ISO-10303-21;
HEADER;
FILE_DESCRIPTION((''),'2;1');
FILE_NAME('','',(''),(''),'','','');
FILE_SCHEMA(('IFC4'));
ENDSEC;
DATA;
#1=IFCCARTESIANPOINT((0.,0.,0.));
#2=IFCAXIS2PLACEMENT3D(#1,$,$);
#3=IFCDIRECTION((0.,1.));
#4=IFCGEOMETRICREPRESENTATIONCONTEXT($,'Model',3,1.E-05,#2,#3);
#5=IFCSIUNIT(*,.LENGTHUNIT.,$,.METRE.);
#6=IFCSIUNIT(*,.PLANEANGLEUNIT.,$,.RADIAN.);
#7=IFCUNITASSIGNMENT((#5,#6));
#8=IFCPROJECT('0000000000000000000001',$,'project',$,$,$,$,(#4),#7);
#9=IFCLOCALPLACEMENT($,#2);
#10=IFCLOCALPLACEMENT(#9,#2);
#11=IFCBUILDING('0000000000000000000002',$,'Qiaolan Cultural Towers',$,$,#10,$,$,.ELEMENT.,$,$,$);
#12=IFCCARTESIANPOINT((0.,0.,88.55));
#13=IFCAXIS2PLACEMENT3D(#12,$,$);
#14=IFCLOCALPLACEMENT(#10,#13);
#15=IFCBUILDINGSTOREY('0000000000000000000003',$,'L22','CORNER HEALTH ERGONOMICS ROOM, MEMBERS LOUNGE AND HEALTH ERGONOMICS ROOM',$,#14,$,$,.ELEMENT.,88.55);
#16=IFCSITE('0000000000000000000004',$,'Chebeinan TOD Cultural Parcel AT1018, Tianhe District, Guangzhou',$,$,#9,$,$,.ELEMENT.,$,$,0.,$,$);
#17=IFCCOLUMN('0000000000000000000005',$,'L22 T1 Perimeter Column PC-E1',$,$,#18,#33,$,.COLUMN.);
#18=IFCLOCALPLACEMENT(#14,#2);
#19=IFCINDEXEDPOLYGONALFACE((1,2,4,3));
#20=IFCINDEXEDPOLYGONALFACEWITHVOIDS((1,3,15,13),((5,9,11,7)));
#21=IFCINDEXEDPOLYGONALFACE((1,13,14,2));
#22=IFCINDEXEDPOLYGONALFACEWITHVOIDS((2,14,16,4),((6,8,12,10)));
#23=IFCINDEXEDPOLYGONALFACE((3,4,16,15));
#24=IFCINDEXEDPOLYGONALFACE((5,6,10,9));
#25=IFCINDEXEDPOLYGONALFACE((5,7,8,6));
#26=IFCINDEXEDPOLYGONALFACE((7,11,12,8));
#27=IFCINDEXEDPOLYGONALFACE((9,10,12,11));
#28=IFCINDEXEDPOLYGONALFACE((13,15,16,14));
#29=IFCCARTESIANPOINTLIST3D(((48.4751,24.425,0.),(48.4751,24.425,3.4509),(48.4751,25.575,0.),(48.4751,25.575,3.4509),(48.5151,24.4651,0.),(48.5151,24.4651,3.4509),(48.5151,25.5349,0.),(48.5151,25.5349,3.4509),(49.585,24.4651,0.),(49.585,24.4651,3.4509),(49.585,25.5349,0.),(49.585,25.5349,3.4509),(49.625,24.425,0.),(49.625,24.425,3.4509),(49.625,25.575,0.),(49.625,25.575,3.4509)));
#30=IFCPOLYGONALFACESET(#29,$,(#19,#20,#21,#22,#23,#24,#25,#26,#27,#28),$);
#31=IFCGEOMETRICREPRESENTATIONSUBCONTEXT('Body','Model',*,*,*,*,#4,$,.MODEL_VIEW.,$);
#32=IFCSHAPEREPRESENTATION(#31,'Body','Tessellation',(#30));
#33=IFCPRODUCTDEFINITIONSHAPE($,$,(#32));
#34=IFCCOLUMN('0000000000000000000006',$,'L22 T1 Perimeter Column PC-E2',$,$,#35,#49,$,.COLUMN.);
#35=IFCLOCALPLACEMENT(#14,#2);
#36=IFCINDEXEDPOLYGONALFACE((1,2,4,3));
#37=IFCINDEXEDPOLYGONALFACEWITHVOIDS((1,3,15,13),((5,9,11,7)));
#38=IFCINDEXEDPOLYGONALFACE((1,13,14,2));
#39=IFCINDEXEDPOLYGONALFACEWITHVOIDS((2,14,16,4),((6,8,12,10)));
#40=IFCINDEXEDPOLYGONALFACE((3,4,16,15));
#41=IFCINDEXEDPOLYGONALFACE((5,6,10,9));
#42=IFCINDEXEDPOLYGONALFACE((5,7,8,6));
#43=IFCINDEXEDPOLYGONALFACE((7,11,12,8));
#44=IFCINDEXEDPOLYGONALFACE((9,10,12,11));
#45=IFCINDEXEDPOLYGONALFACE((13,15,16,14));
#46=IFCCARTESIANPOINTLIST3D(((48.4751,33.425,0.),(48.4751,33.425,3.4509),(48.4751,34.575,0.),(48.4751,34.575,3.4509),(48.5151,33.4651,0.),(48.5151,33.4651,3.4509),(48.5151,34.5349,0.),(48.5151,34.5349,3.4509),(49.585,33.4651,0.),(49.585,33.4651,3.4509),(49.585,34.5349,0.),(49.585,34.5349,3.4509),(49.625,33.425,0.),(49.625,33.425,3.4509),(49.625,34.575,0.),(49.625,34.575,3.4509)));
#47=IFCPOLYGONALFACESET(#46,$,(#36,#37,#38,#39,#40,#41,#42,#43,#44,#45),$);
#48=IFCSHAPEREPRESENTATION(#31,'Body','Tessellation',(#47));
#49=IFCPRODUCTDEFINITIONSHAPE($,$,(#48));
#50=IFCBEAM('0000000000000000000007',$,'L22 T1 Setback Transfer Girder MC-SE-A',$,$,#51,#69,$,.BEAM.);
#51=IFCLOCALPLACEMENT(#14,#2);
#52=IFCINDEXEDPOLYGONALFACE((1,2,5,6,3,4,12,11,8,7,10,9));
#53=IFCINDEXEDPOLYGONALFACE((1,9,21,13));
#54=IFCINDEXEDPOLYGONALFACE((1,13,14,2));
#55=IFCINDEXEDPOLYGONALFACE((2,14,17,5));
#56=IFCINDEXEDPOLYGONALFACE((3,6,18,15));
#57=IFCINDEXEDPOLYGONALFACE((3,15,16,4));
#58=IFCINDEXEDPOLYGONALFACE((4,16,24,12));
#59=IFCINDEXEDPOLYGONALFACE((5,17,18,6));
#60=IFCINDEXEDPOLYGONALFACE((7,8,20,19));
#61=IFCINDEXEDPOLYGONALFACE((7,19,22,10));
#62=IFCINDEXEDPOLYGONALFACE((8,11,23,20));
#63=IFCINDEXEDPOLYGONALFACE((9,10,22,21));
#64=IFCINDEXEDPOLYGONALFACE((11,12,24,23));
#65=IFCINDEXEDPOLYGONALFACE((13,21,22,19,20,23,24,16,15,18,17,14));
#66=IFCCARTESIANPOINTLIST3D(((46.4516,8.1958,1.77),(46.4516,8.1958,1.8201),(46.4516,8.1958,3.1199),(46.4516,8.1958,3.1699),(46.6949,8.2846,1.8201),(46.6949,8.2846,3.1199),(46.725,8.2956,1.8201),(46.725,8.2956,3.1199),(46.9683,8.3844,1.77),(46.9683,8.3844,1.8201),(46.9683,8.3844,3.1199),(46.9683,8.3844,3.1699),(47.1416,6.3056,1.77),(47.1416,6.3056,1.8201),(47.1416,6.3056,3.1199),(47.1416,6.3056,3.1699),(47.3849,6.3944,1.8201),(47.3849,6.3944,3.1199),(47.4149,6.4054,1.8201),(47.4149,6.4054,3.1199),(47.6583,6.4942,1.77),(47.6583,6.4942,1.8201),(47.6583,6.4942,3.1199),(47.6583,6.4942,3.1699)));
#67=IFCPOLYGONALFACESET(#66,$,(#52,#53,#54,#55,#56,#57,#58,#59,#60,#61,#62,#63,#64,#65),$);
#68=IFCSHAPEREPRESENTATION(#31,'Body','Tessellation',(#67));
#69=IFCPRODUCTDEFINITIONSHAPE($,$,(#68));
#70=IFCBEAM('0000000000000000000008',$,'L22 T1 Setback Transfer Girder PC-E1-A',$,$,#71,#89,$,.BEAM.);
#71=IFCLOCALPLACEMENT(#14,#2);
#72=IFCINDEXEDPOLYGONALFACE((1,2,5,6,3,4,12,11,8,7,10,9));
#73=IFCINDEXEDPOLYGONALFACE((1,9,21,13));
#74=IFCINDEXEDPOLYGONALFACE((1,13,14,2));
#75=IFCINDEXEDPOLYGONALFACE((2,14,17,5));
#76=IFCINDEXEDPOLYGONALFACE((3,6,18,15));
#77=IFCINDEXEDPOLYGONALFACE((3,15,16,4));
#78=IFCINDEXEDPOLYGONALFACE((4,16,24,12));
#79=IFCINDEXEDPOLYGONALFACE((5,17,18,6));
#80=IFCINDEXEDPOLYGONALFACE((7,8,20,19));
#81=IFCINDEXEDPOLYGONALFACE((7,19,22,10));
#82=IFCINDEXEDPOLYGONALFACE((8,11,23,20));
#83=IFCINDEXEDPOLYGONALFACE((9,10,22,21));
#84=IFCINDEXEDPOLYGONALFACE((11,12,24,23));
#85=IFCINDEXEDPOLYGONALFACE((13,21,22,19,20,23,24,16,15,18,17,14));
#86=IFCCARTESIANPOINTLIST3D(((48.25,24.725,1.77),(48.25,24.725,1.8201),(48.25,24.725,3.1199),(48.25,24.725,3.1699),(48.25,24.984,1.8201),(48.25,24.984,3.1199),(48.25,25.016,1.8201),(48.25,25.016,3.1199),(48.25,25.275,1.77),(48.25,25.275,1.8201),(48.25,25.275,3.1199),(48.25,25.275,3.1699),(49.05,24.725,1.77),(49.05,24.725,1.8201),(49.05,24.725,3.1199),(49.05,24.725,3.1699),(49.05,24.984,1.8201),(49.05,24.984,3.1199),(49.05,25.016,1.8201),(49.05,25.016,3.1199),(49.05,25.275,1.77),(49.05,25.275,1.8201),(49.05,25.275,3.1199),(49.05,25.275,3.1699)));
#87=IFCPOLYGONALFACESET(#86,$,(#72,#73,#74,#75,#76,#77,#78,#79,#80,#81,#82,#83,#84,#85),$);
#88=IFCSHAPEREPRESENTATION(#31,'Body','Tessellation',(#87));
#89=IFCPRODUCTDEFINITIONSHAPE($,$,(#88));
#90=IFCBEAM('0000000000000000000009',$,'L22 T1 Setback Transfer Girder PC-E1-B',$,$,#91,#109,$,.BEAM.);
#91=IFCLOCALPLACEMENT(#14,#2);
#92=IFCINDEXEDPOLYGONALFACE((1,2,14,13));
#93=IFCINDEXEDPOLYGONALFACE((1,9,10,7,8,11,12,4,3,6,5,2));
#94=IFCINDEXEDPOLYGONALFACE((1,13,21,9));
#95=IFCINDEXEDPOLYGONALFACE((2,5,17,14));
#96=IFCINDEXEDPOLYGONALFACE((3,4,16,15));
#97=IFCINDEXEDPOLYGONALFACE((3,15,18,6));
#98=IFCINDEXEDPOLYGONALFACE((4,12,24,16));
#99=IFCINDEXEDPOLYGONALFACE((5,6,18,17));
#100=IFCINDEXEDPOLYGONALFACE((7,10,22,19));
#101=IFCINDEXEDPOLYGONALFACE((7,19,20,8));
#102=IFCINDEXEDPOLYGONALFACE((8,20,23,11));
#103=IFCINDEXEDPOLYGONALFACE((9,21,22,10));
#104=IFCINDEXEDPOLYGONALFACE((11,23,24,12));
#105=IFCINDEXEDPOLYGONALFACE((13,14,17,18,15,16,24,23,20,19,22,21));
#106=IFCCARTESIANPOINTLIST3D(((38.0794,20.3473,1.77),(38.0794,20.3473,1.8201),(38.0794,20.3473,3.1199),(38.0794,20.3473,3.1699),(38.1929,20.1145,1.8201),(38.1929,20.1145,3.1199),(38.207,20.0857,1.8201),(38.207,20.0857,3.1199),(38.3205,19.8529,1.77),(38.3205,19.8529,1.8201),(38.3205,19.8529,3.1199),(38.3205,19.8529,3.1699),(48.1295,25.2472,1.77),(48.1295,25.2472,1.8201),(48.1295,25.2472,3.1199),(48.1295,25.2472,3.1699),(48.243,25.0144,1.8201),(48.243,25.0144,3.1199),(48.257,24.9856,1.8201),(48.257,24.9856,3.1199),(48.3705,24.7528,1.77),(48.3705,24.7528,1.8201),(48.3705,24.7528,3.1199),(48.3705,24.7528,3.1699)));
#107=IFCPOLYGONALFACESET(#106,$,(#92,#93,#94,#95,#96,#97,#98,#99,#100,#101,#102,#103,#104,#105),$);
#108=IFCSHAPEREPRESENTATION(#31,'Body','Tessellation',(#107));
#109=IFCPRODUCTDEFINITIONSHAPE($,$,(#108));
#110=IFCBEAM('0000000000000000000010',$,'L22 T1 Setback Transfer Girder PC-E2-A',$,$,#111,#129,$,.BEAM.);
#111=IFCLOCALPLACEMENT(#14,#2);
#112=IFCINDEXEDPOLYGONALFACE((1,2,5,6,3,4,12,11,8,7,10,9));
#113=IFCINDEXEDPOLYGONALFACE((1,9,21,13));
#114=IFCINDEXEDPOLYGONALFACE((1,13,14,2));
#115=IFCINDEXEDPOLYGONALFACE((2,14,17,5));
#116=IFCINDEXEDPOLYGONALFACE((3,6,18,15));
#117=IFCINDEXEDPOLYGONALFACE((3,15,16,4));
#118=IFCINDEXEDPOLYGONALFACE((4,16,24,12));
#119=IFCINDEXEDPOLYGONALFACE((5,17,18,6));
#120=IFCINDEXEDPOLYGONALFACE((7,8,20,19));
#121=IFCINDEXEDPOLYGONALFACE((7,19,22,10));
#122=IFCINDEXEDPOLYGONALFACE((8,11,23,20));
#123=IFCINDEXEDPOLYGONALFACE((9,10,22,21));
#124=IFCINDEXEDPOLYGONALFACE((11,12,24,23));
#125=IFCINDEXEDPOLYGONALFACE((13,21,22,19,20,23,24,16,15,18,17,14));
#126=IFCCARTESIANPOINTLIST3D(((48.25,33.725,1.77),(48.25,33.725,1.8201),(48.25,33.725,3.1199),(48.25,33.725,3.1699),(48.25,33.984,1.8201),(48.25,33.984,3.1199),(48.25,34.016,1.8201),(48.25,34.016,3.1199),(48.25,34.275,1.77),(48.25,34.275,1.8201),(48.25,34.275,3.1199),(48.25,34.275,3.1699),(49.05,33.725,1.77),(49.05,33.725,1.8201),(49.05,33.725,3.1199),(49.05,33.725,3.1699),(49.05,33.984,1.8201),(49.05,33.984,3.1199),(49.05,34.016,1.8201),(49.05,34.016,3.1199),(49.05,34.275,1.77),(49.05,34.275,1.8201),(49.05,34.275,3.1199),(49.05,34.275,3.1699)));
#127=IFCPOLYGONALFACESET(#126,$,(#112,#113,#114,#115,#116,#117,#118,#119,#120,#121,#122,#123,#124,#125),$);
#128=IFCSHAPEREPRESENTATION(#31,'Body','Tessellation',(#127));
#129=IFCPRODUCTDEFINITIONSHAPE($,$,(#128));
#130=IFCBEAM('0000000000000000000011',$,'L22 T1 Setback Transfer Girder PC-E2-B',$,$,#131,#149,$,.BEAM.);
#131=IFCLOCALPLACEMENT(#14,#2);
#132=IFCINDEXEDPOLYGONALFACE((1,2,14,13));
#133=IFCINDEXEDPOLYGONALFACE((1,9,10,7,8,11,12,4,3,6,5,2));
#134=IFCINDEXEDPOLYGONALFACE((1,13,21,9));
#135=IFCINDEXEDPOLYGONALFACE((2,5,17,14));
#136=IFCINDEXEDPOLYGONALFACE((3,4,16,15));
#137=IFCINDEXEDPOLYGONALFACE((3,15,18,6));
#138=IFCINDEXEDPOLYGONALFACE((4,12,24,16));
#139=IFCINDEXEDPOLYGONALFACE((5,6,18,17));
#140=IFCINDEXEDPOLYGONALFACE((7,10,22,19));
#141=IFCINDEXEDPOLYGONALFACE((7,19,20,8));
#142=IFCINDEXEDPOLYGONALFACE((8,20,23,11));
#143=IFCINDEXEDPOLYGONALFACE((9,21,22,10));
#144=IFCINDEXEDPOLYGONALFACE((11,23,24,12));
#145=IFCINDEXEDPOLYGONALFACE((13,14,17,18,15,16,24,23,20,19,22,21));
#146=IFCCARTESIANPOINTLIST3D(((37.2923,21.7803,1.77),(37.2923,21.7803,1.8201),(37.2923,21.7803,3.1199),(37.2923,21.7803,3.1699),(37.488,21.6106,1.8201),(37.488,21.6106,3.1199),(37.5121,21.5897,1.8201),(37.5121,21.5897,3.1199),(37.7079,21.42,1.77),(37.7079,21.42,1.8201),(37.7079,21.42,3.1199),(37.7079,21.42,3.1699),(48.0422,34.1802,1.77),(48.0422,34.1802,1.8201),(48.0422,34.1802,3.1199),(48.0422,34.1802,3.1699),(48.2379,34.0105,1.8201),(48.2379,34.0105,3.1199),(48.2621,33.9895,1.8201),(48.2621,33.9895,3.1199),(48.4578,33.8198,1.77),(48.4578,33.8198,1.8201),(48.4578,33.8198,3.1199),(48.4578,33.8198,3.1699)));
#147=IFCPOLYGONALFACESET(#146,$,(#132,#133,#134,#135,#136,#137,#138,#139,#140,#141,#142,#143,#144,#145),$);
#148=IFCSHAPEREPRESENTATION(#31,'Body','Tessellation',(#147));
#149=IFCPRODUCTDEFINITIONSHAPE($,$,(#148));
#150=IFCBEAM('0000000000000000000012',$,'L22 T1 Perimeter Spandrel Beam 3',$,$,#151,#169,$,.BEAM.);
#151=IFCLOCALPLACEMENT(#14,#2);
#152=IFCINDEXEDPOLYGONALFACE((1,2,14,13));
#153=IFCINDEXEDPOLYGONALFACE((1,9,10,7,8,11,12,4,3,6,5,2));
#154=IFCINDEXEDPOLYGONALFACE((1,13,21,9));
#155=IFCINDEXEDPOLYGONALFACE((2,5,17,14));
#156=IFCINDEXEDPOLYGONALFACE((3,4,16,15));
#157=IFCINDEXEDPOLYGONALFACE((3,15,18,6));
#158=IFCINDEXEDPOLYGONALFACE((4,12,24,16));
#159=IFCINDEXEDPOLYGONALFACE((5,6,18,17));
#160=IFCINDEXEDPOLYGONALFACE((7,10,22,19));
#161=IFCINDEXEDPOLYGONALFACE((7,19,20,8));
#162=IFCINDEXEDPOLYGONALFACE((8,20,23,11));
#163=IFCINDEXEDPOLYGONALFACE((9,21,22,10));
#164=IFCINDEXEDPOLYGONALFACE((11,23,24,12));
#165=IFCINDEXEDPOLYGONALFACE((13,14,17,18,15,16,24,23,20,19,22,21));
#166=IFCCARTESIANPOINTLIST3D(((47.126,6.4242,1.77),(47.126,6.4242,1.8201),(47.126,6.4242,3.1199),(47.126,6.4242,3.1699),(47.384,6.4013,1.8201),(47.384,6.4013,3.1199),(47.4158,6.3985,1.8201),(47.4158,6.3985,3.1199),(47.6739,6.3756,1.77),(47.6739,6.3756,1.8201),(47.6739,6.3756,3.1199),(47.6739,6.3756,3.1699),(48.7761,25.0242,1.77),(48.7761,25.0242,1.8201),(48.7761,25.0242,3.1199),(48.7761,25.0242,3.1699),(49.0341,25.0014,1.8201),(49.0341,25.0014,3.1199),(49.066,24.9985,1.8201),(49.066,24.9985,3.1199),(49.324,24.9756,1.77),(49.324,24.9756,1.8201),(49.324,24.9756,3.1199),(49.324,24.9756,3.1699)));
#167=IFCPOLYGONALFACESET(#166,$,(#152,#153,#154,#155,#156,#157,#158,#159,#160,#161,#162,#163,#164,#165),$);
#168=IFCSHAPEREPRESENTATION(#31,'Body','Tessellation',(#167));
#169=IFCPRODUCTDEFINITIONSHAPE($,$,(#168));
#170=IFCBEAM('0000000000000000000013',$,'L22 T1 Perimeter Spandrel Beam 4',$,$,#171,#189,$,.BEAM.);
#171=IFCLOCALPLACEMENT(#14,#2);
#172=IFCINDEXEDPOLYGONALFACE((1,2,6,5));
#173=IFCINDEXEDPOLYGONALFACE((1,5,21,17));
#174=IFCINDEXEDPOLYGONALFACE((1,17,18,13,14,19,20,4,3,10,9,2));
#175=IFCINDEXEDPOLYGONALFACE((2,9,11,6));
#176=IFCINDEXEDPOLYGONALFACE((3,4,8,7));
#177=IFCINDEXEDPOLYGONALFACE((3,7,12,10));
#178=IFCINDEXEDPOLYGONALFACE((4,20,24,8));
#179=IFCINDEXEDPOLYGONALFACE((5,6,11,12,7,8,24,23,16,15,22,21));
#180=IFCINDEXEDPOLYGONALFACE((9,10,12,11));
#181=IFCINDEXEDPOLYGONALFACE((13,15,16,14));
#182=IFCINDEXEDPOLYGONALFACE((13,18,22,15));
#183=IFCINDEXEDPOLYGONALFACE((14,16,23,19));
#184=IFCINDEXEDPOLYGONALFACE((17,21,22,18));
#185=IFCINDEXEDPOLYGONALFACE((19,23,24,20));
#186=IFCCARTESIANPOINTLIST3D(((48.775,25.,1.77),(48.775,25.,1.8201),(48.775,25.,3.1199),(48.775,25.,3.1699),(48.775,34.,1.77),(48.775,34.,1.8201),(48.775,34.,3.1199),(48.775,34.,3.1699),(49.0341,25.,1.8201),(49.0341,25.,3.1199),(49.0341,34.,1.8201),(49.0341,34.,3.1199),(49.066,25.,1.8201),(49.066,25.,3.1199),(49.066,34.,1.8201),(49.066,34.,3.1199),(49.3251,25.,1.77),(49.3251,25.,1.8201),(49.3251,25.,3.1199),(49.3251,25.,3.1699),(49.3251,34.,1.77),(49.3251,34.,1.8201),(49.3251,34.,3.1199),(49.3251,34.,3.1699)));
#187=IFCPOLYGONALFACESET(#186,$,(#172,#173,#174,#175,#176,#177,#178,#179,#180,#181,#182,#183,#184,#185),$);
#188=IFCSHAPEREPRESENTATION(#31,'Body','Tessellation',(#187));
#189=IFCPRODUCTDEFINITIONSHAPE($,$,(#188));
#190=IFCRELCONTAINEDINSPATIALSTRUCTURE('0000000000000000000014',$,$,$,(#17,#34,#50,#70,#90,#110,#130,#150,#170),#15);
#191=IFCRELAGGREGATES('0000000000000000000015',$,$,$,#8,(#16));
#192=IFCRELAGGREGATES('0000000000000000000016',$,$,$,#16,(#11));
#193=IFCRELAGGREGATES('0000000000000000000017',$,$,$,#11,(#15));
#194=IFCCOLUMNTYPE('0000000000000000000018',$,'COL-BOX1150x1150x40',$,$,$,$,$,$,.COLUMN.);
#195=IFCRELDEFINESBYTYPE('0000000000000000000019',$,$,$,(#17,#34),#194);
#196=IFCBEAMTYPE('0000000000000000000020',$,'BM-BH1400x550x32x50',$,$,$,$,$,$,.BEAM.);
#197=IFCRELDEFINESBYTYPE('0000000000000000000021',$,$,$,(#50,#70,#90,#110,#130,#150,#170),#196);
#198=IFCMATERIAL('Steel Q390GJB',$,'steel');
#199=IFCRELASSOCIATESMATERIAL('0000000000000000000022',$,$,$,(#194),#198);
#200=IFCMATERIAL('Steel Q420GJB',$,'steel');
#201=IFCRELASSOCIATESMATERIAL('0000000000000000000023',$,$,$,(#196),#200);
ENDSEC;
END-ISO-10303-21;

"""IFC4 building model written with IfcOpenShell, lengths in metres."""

from ifc_helpers import new_model, si_unit, direction, frame, origin, origin_2d, place, context, subcontext, project, spatial, hollow_rectangle, i_section, extrude, material, material_profile, profile_set, type_object, element, save


model = new_model("IFC4")

# Units and contexts
model_context = context("Model", 3, precision=1e-05, world=origin(), true_north=direction((0.0, 1.0)))
body_context = subcontext(model_context, "Body", "Model", "MODEL_VIEW")
ifc_project = project(units=[si_unit("LENGTHUNIT", "METRE"), si_unit("PLANEANGLEUNIT", "RADIAN")], contexts=[model_context])

# Site, building, storey
site_placement = place(None, origin())
site = spatial("IfcSite", under=ifc_project, at=site_placement, Name="Chebeinan TOD Cultural Parcel AT1018, Tianhe District, Guangzhou", CompositionType="ELEMENT", RefElevation=0.0)
building_placement = place(site_placement, origin())
building = spatial("IfcBuilding", under=site, at=building_placement, Name="Qiaolan Cultural Towers", CompositionType="ELEMENT")
storey_placement = place(building_placement, frame((0.0, 0.0, 88.55)))
storey = spatial("IfcBuildingStorey", under=building, at=storey_placement, Name="L22", Description="CORNER HEALTH ERGONOMICS ROOM, MEMBERS LOUNGE AND HEALTH ERGONOMICS ROOM", CompositionType="ELEMENT", Elevation=88.55)

# Columns
ifc_material_1 = material(Name="Steel Q390GJB", Category="steel")
ifc_material_profile_1 = material_profile(ifc_material_1, hollow_rectangle(XDim=1.1499, YDim=1.1499, WallThickness=0.04, at=origin_2d()), Name="BOX1150x1150x40")
ifc_profile_set_1 = profile_set([ifc_material_profile_1], Name="Steel Q390GJB")
column_type = type_object("IfcColumnType", Name="COL-BOX1150x1150x40", PredefinedType="COLUMN", material=ifc_profile_set_1)
for number, where, z_axis, x_axis, name in (
    (1, (49.05, 25.0, 0.0), (0.0, 0.0, 1.0), (1.0, 0.0, 0.0), "L22 T1 Perimeter Column PC-E1"),
    (2, (49.05, 34.0, 0.0), (0.0, 0.0, 1.0), (1.0, 0.0, 0.0), "L22 T1 Perimeter Column PC-E2"),
):
    element("IfcColumn", number, at=place(storey_placement, frame(where, z_axis=z_axis, x_axis=x_axis)), inside=storey, type_object=column_type, Name=name, PredefinedType="COLUMN", context=body_context, shape_type="SweptSolid", body=[
        extrude(hollow_rectangle(XDim=1.1499, YDim=1.1499, WallThickness=0.04, at=origin_2d()), origin(), (0.0, 0.0, 1.0), 3.4509),
    ])

# Beams
ifc_material_2 = material(Name="Steel Q420GJB", Category="steel")
ifc_material_profile_2 = material_profile(ifc_material_2, i_section(OverallWidth=0.55, OverallDepth=1.3999, WebThickness=0.032, FlangeThickness=0.05, at=origin_2d()), Name="BH1400x550x32x50")
ifc_profile_set_2 = profile_set([ifc_material_profile_2], Name="Steel Q420GJB")
beam_type = type_object("IfcBeamType", Name="BM-BH1400x550x32x50", PredefinedType="BEAM", material=ifc_profile_set_2)
beam_1_placement = place(storey_placement, frame((47.3999, 6.3999, 2.47), z_axis=(-0.342892, 0.939375, 0.0), x_axis=(-0.939375, -0.342892, 0.0)))
element("IfcBeam", 3, at=beam_1_placement, inside=storey, type_object=beam_type, Name="L22 T1 Setback Transfer Girder MC-SE-A", PredefinedType="BEAM", context=body_context, shape_type="SweptSolid", body=[
    extrude(i_section(OverallWidth=0.55, OverallDepth=1.3999, WebThickness=0.032, FlangeThickness=0.05, at=origin_2d()), origin(), (0.0, 0.0, 1.0), 2.0122),
])
beam_2_placement = place(storey_placement, frame((49.05, 25.0, 2.47), z_axis=(-1.0, 0.0, 0.0), x_axis=(0.0, -1.0, 0.0)))
element("IfcBeam", 4, at=beam_2_placement, inside=storey, type_object=beam_type, Name="L22 T1 Setback Transfer Girder PC-E1-A", PredefinedType="BEAM", context=body_context, shape_type="SweptSolid", body=[
    extrude(i_section(OverallWidth=0.55, OverallDepth=1.3999, WebThickness=0.032, FlangeThickness=0.05, at=origin_2d()), origin(), (0.0, 0.0, 1.0), 0.8),
])
beam_3_placement = place(storey_placement, frame((48.25, 25.0, 2.47), z_axis=(-0.898859, -0.438239, 0.0), x_axis=(0.438239, -0.898859, 0.0)))
element("IfcBeam", 5, at=beam_3_placement, inside=storey, type_object=beam_type, Name="L22 T1 Setback Transfer Girder PC-E1-B", PredefinedType="BEAM", context=body_context, shape_type="SweptSolid", body=[
    extrude(i_section(OverallWidth=0.55, OverallDepth=1.3999, WebThickness=0.032, FlangeThickness=0.05, at=origin_2d()), origin(), (0.0, 0.0, 1.0), 11.1809),
])
beam_4_placement = place(storey_placement, frame((49.05, 34.0, 2.47), z_axis=(-1.0, 0.0, 0.0), x_axis=(0.0, -1.0, 0.0)))
element("IfcBeam", 6, at=beam_4_placement, inside=storey, type_object=beam_type, Name="L22 T1 Setback Transfer Girder PC-E2-A", PredefinedType="BEAM", context=body_context, shape_type="SweptSolid", body=[
    extrude(i_section(OverallWidth=0.55, OverallDepth=1.3999, WebThickness=0.032, FlangeThickness=0.05, at=origin_2d()), origin(), (0.0, 0.0, 1.0), 0.8),
])
beam_5_placement = place(storey_placement, frame((48.25, 34.0, 2.47), z_axis=(-0.655049, -0.755586, 0.0), x_axis=(0.755586, -0.655049, 0.0)))
element("IfcBeam", 7, at=beam_5_placement, inside=storey, type_object=beam_type, Name="L22 T1 Setback Transfer Girder PC-E2-B", PredefinedType="BEAM", context=body_context, shape_type="SweptSolid", body=[
    extrude(i_section(OverallWidth=0.55, OverallDepth=1.3999, WebThickness=0.032, FlangeThickness=0.05, at=origin_2d()), origin(), (0.0, 0.0, 1.0), 16.4109),
])
beam_6_placement = place(storey_placement, frame((47.3999, 6.3999, 2.47), z_axis=(0.08837, 0.996088, 0.0), x_axis=(-0.996088, 0.08837, 0.0)))
element("IfcBeam", 8, at=beam_6_placement, inside=storey, type_object=beam_type, Name="L22 T1 Perimeter Spandrel Beam 3", PredefinedType="BEAM", context=body_context, shape_type="SweptSolid", body=[
    extrude(i_section(OverallWidth=0.55, OverallDepth=1.3999, WebThickness=0.032, FlangeThickness=0.05, at=origin_2d()), origin(), (0.0, 0.0, 1.0), 18.6731),
])
for number, where, z_axis, x_axis, name in (
    (9, (49.05, 25.0, 2.47), (0.0, 1.0, 0.0), (-1.0, 0.0, 0.0), "L22 T1 Perimeter Spandrel Beam 4"),
):
    element("IfcBeam", number, at=place(storey_placement, frame(where, z_axis=z_axis, x_axis=x_axis)), inside=storey, type_object=beam_type, Name=name, PredefinedType="BEAM", context=body_context, shape_type="SweptSolid", body=[
        extrude(i_section(OverallWidth=0.55, OverallDepth=1.3999, WebThickness=0.032, FlangeThickness=0.05, at=origin_2d()), origin(), (0.0, 0.0, 1.0), 9.0),
    ])

save(model, "model.ifc")
